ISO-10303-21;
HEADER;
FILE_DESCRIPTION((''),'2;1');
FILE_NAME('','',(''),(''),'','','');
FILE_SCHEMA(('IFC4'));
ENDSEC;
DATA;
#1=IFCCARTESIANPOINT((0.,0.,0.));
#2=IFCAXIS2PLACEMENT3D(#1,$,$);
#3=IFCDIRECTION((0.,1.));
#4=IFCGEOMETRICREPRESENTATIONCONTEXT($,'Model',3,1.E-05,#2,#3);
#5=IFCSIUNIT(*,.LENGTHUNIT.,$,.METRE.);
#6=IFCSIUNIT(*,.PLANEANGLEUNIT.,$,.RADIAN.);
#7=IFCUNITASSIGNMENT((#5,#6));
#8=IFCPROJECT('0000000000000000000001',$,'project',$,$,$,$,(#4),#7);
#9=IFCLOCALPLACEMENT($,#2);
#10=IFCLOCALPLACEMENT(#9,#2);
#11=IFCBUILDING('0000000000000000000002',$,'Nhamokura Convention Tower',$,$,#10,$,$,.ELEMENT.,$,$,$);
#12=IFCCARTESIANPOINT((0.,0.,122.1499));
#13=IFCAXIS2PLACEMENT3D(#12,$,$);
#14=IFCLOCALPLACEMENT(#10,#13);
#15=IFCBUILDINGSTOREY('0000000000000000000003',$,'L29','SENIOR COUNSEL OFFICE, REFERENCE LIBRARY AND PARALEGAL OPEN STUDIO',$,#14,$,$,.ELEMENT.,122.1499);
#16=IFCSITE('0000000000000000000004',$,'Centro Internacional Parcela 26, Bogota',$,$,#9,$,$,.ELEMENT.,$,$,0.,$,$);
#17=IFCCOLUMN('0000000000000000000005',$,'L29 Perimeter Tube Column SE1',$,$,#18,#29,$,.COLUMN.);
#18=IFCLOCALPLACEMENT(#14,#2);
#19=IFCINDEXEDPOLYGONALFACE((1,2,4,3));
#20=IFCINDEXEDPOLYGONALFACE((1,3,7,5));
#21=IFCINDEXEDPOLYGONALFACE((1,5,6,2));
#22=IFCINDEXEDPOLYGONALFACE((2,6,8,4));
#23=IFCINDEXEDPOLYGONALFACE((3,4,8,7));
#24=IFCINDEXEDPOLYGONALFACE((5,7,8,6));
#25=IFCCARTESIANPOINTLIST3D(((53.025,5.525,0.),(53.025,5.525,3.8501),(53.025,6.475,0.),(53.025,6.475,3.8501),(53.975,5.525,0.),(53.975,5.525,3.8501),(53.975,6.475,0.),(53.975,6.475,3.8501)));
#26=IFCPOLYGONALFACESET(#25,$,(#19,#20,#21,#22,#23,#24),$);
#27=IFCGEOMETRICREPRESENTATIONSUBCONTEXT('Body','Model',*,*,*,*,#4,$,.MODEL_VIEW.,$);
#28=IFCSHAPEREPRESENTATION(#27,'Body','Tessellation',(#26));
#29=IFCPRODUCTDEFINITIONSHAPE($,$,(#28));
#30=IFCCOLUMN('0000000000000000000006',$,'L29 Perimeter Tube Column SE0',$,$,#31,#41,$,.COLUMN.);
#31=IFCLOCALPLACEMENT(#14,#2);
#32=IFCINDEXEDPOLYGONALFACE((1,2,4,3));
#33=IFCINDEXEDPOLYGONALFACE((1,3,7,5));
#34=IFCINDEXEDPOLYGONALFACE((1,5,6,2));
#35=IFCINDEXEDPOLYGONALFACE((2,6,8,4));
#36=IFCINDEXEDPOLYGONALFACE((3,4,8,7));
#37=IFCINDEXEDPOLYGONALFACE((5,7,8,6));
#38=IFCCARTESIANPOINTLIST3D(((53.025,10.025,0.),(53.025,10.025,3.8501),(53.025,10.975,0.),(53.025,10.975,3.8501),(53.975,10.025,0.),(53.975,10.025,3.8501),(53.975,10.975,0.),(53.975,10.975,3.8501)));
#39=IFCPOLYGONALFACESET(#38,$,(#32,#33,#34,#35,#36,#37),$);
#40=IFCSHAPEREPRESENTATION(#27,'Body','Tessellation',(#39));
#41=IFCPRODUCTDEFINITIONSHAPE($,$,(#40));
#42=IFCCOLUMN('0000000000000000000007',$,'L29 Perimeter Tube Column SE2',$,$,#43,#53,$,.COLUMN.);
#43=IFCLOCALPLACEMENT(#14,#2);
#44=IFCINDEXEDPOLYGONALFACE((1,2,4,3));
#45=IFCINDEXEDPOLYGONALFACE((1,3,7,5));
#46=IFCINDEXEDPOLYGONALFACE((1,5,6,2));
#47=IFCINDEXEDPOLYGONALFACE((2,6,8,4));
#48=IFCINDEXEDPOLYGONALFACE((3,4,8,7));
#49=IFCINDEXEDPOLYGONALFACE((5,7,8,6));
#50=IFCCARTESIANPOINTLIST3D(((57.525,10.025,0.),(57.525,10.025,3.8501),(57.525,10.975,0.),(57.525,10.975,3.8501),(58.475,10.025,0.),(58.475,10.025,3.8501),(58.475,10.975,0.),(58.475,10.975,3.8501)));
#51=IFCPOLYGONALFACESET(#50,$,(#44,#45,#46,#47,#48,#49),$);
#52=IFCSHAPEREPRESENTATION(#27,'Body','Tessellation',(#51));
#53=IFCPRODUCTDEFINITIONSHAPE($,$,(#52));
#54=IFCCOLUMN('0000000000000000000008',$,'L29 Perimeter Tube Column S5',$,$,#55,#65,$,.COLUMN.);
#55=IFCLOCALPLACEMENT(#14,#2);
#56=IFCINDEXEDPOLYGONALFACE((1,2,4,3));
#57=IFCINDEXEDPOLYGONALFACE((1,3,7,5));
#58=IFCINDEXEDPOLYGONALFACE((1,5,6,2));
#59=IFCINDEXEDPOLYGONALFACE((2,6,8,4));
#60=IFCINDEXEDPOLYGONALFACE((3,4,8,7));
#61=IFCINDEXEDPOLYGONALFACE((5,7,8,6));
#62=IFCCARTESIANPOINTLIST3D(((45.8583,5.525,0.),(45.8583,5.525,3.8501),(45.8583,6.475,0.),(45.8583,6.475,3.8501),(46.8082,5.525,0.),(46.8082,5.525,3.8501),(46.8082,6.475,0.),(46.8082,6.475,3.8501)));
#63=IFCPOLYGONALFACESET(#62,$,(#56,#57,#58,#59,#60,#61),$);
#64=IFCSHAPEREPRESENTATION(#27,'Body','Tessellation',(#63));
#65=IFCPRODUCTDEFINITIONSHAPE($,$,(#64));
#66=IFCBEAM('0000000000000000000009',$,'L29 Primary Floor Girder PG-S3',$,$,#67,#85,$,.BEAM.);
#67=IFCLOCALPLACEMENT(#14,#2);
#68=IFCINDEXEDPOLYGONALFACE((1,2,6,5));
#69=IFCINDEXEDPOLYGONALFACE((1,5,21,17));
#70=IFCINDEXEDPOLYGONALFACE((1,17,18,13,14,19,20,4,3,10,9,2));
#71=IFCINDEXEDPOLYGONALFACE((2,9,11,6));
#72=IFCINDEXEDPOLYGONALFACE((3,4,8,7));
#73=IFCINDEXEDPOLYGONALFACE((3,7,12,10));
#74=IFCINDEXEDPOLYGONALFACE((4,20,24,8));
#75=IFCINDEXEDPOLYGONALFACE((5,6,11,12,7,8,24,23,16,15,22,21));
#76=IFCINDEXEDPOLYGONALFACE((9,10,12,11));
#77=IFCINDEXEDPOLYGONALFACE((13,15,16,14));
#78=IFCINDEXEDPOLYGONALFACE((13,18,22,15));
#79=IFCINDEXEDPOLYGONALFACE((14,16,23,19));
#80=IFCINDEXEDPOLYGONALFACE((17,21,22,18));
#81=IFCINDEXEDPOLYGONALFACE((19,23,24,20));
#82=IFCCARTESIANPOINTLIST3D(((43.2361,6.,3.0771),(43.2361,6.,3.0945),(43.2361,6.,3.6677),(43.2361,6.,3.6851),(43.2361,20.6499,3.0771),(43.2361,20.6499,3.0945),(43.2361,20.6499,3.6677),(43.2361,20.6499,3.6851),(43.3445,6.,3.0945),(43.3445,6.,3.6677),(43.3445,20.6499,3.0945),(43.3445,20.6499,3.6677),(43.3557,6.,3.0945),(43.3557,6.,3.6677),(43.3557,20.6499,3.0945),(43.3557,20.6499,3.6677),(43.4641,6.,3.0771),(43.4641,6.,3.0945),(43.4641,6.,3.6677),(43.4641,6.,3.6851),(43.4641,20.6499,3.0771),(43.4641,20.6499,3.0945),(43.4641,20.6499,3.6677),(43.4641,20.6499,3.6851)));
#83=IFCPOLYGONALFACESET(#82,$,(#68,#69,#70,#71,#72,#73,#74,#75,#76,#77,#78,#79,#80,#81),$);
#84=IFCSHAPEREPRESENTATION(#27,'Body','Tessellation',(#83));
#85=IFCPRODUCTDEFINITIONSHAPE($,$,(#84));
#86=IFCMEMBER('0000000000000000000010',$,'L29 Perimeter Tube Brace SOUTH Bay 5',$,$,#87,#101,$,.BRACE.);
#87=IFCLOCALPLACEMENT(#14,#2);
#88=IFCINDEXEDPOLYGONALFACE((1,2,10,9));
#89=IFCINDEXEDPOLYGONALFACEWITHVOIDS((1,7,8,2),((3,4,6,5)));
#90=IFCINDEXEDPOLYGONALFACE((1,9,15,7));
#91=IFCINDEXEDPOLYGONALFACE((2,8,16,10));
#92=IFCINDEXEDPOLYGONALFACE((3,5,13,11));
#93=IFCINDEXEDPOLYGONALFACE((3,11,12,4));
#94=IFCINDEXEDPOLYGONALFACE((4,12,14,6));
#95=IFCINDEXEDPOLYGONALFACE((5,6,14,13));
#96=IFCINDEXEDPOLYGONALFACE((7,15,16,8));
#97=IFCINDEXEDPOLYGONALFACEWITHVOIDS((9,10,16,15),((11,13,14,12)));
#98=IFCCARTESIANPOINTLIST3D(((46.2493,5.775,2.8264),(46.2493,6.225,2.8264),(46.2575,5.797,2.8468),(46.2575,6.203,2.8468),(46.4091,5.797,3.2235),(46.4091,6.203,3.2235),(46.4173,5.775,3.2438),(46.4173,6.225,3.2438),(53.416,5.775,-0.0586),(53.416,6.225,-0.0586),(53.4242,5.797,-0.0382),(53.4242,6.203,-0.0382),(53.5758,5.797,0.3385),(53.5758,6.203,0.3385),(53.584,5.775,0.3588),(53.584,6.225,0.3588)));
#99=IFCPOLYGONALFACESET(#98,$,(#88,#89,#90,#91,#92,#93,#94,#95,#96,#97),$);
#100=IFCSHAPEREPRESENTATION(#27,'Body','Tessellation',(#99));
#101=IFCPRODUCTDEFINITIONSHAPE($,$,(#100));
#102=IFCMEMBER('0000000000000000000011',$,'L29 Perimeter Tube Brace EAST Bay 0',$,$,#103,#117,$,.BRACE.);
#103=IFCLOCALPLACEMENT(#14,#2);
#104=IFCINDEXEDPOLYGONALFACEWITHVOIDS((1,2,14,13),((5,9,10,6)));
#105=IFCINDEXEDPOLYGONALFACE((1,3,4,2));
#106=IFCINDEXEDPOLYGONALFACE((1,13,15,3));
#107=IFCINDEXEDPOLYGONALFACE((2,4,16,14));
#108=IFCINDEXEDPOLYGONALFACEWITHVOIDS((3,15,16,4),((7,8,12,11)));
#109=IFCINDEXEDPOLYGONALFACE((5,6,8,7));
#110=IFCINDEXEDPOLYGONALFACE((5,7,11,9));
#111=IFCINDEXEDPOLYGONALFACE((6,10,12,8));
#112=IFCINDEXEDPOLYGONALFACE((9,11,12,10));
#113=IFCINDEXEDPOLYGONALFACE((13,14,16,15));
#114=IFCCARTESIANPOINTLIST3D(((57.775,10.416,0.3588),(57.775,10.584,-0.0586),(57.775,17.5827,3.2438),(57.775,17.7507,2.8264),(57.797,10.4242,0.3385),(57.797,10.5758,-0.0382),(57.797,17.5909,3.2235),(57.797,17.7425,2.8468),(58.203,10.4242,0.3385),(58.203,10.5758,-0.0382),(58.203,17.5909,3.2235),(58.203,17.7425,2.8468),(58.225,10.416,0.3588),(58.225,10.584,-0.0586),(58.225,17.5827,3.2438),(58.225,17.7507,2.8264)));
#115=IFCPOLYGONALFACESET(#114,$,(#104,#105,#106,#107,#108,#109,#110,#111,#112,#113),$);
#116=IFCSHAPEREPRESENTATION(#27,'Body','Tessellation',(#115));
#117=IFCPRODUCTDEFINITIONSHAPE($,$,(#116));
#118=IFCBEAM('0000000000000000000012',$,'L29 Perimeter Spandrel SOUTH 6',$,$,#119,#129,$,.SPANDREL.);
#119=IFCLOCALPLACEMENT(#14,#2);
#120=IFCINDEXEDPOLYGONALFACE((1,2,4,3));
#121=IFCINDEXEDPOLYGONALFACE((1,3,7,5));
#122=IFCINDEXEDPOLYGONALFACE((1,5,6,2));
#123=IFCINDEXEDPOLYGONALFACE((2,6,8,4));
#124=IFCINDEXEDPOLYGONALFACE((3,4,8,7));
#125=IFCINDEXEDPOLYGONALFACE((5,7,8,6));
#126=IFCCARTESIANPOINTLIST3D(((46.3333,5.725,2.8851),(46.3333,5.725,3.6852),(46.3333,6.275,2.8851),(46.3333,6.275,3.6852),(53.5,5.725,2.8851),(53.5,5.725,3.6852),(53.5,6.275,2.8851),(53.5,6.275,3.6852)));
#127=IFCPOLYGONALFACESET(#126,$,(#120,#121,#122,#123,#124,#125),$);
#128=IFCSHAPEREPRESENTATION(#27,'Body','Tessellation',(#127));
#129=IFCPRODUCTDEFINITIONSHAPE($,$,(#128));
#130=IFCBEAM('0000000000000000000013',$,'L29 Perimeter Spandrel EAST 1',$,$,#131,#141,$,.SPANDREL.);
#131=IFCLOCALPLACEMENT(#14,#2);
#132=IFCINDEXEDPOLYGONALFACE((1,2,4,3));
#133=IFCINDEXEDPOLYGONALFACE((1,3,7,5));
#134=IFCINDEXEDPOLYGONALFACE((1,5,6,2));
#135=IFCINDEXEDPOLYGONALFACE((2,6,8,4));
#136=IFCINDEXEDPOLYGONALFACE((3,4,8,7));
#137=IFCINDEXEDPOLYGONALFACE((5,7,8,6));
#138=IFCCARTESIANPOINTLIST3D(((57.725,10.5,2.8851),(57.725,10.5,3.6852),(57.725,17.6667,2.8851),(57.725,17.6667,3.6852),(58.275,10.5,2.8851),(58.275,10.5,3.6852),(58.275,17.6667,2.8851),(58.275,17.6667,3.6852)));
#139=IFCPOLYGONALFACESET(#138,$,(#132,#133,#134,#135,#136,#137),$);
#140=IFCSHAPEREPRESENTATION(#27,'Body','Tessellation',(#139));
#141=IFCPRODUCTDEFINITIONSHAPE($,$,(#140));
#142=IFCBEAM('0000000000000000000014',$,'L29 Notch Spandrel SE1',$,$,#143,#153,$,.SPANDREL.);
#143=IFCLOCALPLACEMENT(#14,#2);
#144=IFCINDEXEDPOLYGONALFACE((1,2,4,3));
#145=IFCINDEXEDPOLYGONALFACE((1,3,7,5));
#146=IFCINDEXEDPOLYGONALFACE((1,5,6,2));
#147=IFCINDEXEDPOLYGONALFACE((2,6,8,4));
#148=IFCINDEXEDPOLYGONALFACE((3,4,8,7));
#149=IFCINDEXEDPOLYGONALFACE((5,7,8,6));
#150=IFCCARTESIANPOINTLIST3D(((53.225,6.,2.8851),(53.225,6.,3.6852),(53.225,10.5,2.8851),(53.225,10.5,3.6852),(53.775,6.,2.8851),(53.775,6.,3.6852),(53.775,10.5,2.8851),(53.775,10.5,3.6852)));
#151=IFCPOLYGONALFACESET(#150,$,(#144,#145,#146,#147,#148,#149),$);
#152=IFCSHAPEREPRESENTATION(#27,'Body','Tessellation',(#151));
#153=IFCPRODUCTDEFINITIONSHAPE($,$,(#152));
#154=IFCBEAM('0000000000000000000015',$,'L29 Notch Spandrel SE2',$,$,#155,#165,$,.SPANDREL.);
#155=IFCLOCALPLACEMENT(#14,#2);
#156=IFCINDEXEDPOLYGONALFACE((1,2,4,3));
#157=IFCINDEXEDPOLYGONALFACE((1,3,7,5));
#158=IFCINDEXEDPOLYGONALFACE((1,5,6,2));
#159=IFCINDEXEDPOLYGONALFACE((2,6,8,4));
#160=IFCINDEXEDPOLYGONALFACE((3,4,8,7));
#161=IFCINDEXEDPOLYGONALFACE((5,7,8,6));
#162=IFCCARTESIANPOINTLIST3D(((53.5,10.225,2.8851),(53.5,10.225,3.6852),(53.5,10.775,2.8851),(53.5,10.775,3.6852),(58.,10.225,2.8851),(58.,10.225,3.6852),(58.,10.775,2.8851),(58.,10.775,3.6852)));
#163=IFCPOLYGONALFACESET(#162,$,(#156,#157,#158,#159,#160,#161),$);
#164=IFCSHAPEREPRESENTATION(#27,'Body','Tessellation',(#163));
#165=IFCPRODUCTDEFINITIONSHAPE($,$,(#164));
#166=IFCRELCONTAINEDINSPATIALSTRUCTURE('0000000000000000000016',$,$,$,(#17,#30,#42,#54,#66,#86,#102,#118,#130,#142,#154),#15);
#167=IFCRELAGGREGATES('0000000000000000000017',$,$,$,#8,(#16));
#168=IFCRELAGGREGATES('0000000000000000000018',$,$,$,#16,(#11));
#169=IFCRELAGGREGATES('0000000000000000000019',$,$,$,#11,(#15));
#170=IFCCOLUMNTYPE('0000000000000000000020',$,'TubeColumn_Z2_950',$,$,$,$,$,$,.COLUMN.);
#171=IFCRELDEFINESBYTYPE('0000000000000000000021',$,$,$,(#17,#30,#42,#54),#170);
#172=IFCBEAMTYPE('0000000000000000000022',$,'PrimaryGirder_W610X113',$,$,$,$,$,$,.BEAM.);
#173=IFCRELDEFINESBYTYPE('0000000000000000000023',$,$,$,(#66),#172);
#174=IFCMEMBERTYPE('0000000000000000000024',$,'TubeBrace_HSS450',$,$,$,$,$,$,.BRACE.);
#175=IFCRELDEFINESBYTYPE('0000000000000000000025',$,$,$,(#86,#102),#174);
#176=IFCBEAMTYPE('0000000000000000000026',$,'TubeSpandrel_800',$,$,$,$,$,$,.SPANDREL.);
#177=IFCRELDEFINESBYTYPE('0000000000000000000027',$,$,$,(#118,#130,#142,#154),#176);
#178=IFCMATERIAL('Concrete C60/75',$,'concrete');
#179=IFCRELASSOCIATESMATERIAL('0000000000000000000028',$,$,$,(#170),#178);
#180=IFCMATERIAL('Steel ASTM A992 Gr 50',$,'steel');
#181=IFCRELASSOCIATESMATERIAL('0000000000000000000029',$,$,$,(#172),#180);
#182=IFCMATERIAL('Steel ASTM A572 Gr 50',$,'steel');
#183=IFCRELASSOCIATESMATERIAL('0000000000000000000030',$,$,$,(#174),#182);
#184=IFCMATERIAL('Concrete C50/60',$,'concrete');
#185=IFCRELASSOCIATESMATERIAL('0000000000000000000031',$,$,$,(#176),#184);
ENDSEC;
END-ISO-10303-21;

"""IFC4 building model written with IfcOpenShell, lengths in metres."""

from ifc_helpers import new_model, si_unit, direction, frame, origin, origin_2d, place, context, subcontext, project, spatial, rectangle, hollow_rectangle, i_section, extrude, material, material_profile, profile_set, type_object, element, save


model = new_model("IFC4")

# Units and contexts
model_context = context("Model", 3, precision=1e-05, world=origin(), true_north=direction((0.0, 1.0)))
body_context = subcontext(model_context, "Body", "Model", "MODEL_VIEW")
ifc_project = project(units=[si_unit("LENGTHUNIT", "METRE"), si_unit("PLANEANGLEUNIT", "RADIAN")], contexts=[model_context])

# Site, building, storey
site_placement = place(None, origin())
site = spatial("IfcSite", under=ifc_project, at=site_placement, Name="Centro Internacional Parcela 26, Bogota", CompositionType="ELEMENT", RefElevation=0.0)
building_placement = place(site_placement, origin())
building = spatial("IfcBuilding", under=site, at=building_placement, Name="Nhamokura Convention Tower", CompositionType="ELEMENT")
storey_placement = place(building_placement, frame((0.0, 0.0, 122.1499)))
storey = spatial("IfcBuildingStorey", under=building, at=storey_placement, Name="L29", Description="SENIOR COUNSEL OFFICE, REFERENCE LIBRARY AND PARALEGAL OPEN STUDIO", CompositionType="ELEMENT", Elevation=122.1499)

# Columns
ifc_material_1 = material(Name="Concrete C60/75", Category="concrete")
ifc_material_profile_1 = material_profile(ifc_material_1, rectangle(XDim=0.95, YDim=0.95, at=origin_2d()))
ifc_profile_set_1 = profile_set([ifc_material_profile_1], Name="Concrete C60/75")
column_type = type_object("IfcColumnType", Name="TubeColumn_Z2_950", PredefinedType="COLUMN", material=ifc_profile_set_1)
for number, where, z_axis, x_axis, name in (
    (1, (53.5, 6.0, 0.0), (0.0, 0.0, 1.0), (1.0, 0.0, 0.0), "L29 Perimeter Tube Column SE1"),
    (2, (53.5, 10.5, 0.0), (0.0, 0.0, 1.0), (1.0, 0.0, 0.0), "L29 Perimeter Tube Column SE0"),
    (3, (58.0, 10.5, 0.0), (0.0, 0.0, 1.0), (1.0, 0.0, 0.0), "L29 Perimeter Tube Column SE2"),
    (4, (46.3333, 6.0, 0.0), (0.0, 0.0, 1.0), (1.0, 0.0, 0.0), "L29 Perimeter Tube Column S5"),
):
    element("IfcColumn", number, at=place(storey_placement, frame(where, z_axis=z_axis, x_axis=x_axis)), inside=storey, type_object=column_type, Name=name, PredefinedType="COLUMN", context=body_context, shape_type="SweptSolid", body=[
        extrude(rectangle(XDim=0.95, YDim=0.95, at=origin_2d()), origin(), (0.0, 0.0, 1.0), 3.8501),
    ])

# Beam
ifc_material_2 = material(Name="Steel ASTM A992 Gr 50", Category="steel")
ifc_material_profile_2 = material_profile(ifc_material_2, i_section(OverallWidth=0.228, OverallDepth=0.6079, WebThickness=0.0112, FlangeThickness=0.0173, at=origin_2d()))
ifc_profile_set_2 = profile_set([ifc_material_profile_2], Name="Steel ASTM A992 Gr 50")
beam_type_1 = type_object("IfcBeamType", Name="PrimaryGirder_W610X113", PredefinedType="BEAM", material=ifc_profile_set_2)
beam_placement = place(storey_placement, frame((43.3501, 6.0, 3.3811), z_axis=(0.0, 1.0, 0.0), x_axis=(-1.0, 0.0, 0.0)))
element("IfcBeam", 5, at=beam_placement, inside=storey, type_object=beam_type_1, Name="L29 Primary Floor Girder PG-S3", PredefinedType="BEAM", context=body_context, shape_type="SweptSolid", body=[
    extrude(i_section(OverallWidth=0.228, OverallDepth=0.6079, WebThickness=0.0112, FlangeThickness=0.0173, at=origin_2d()), origin(), (0.0, 0.0, 1.0), 14.6499),
])

# Members
ifc_material_3 = material(Name="Steel ASTM A572 Gr 50", Category="steel")
ifc_material_profile_3 = material_profile(ifc_material_3, hollow_rectangle(XDim=0.45, YDim=0.45, WallThickness=0.022, at=origin_2d()))
ifc_profile_set_3 = profile_set([ifc_material_profile_3], Name="Steel ASTM A572 Gr 50")
member_type = type_object("IfcMemberType", Name="TubeBrace_HSS450", PredefinedType="BRACE", material=ifc_profile_set_3)
for number, where, z_axis, x_axis, name in (
    (6, (53.5, 6.0, 0.1501), (-0.927657, 0.0, 0.373433), (0.0, -1.0, 0.0), "L29 Perimeter Tube Brace SOUTH Bay 5"),
    (7, (58.0, 10.5, 0.1501), (0.0, 0.927657, 0.373433), (-1.0, 0.0, 0.0), "L29 Perimeter Tube Brace EAST Bay 0"),
):
    element("IfcMember", number, at=place(storey_placement, frame(where, z_axis=z_axis, x_axis=x_axis)), inside=storey, type_object=member_type, Name=name, PredefinedType="BRACE", context=body_context, shape_type="SweptSolid", body=[
        extrude(hollow_rectangle(XDim=0.45, YDim=0.45, WallThickness=0.022, at=origin_2d()), origin(), (0.0, 0.0, 1.0), 7.7256),
    ])

# Beams
ifc_material_4 = material(Name="Concrete C50/60", Category="concrete")
ifc_material_profile_4 = material_profile(ifc_material_4, rectangle(XDim=0.55, YDim=0.8, at=origin_2d()))
ifc_profile_set_4 = profile_set([ifc_material_profile_4], Name="Concrete C50/60")
beam_type_2 = type_object("IfcBeamType", Name="TubeSpandrel_800", PredefinedType="SPANDREL", material=ifc_profile_set_4)
for number, where, z_axis, x_axis, name in (
    (8, (46.3333, 6.0, 3.2852), (1.0, 0.0, 0.0), (0.0, 1.0, 0.0), "L29 Perimeter Spandrel SOUTH 6"),
    (9, (58.0, 10.5, 3.2852), (0.0, 1.0, 0.0), (-1.0, 0.0, 0.0), "L29 Perimeter Spandrel EAST 1"),
):
    element("IfcBeam", number, at=place(storey_placement, frame(where, z_axis=z_axis, x_axis=x_axis)), inside=storey, type_object=beam_type_2, Name=name, PredefinedType="SPANDREL", context=body_context, shape_type="SweptSolid", body=[
        extrude(rectangle(XDim=0.55, YDim=0.8, at=origin_2d()), origin(), (0.0, 0.0, 1.0), 7.1667),
    ])
for number, where, z_axis, x_axis, name in (
    (10, (53.5, 6.0, 3.2852), (0.0, 1.0, 0.0), (-1.0, 0.0, 0.0), "L29 Notch Spandrel SE1"),
    (11, (53.5, 10.5, 3.2852), (1.0, 0.0, 0.0), (0.0, 1.0, 0.0), "L29 Notch Spandrel SE2"),
):
    element("IfcBeam", number, at=place(storey_placement, frame(where, z_axis=z_axis, x_axis=x_axis)), inside=storey, type_object=beam_type_2, Name=name, PredefinedType="SPANDREL", context=body_context, shape_type="SweptSolid", body=[
        extrude(rectangle(XDim=0.55, YDim=0.8, at=origin_2d()), origin(), (0.0, 0.0, 1.0), 4.5),
    ])

save(model, "model.ifc")
